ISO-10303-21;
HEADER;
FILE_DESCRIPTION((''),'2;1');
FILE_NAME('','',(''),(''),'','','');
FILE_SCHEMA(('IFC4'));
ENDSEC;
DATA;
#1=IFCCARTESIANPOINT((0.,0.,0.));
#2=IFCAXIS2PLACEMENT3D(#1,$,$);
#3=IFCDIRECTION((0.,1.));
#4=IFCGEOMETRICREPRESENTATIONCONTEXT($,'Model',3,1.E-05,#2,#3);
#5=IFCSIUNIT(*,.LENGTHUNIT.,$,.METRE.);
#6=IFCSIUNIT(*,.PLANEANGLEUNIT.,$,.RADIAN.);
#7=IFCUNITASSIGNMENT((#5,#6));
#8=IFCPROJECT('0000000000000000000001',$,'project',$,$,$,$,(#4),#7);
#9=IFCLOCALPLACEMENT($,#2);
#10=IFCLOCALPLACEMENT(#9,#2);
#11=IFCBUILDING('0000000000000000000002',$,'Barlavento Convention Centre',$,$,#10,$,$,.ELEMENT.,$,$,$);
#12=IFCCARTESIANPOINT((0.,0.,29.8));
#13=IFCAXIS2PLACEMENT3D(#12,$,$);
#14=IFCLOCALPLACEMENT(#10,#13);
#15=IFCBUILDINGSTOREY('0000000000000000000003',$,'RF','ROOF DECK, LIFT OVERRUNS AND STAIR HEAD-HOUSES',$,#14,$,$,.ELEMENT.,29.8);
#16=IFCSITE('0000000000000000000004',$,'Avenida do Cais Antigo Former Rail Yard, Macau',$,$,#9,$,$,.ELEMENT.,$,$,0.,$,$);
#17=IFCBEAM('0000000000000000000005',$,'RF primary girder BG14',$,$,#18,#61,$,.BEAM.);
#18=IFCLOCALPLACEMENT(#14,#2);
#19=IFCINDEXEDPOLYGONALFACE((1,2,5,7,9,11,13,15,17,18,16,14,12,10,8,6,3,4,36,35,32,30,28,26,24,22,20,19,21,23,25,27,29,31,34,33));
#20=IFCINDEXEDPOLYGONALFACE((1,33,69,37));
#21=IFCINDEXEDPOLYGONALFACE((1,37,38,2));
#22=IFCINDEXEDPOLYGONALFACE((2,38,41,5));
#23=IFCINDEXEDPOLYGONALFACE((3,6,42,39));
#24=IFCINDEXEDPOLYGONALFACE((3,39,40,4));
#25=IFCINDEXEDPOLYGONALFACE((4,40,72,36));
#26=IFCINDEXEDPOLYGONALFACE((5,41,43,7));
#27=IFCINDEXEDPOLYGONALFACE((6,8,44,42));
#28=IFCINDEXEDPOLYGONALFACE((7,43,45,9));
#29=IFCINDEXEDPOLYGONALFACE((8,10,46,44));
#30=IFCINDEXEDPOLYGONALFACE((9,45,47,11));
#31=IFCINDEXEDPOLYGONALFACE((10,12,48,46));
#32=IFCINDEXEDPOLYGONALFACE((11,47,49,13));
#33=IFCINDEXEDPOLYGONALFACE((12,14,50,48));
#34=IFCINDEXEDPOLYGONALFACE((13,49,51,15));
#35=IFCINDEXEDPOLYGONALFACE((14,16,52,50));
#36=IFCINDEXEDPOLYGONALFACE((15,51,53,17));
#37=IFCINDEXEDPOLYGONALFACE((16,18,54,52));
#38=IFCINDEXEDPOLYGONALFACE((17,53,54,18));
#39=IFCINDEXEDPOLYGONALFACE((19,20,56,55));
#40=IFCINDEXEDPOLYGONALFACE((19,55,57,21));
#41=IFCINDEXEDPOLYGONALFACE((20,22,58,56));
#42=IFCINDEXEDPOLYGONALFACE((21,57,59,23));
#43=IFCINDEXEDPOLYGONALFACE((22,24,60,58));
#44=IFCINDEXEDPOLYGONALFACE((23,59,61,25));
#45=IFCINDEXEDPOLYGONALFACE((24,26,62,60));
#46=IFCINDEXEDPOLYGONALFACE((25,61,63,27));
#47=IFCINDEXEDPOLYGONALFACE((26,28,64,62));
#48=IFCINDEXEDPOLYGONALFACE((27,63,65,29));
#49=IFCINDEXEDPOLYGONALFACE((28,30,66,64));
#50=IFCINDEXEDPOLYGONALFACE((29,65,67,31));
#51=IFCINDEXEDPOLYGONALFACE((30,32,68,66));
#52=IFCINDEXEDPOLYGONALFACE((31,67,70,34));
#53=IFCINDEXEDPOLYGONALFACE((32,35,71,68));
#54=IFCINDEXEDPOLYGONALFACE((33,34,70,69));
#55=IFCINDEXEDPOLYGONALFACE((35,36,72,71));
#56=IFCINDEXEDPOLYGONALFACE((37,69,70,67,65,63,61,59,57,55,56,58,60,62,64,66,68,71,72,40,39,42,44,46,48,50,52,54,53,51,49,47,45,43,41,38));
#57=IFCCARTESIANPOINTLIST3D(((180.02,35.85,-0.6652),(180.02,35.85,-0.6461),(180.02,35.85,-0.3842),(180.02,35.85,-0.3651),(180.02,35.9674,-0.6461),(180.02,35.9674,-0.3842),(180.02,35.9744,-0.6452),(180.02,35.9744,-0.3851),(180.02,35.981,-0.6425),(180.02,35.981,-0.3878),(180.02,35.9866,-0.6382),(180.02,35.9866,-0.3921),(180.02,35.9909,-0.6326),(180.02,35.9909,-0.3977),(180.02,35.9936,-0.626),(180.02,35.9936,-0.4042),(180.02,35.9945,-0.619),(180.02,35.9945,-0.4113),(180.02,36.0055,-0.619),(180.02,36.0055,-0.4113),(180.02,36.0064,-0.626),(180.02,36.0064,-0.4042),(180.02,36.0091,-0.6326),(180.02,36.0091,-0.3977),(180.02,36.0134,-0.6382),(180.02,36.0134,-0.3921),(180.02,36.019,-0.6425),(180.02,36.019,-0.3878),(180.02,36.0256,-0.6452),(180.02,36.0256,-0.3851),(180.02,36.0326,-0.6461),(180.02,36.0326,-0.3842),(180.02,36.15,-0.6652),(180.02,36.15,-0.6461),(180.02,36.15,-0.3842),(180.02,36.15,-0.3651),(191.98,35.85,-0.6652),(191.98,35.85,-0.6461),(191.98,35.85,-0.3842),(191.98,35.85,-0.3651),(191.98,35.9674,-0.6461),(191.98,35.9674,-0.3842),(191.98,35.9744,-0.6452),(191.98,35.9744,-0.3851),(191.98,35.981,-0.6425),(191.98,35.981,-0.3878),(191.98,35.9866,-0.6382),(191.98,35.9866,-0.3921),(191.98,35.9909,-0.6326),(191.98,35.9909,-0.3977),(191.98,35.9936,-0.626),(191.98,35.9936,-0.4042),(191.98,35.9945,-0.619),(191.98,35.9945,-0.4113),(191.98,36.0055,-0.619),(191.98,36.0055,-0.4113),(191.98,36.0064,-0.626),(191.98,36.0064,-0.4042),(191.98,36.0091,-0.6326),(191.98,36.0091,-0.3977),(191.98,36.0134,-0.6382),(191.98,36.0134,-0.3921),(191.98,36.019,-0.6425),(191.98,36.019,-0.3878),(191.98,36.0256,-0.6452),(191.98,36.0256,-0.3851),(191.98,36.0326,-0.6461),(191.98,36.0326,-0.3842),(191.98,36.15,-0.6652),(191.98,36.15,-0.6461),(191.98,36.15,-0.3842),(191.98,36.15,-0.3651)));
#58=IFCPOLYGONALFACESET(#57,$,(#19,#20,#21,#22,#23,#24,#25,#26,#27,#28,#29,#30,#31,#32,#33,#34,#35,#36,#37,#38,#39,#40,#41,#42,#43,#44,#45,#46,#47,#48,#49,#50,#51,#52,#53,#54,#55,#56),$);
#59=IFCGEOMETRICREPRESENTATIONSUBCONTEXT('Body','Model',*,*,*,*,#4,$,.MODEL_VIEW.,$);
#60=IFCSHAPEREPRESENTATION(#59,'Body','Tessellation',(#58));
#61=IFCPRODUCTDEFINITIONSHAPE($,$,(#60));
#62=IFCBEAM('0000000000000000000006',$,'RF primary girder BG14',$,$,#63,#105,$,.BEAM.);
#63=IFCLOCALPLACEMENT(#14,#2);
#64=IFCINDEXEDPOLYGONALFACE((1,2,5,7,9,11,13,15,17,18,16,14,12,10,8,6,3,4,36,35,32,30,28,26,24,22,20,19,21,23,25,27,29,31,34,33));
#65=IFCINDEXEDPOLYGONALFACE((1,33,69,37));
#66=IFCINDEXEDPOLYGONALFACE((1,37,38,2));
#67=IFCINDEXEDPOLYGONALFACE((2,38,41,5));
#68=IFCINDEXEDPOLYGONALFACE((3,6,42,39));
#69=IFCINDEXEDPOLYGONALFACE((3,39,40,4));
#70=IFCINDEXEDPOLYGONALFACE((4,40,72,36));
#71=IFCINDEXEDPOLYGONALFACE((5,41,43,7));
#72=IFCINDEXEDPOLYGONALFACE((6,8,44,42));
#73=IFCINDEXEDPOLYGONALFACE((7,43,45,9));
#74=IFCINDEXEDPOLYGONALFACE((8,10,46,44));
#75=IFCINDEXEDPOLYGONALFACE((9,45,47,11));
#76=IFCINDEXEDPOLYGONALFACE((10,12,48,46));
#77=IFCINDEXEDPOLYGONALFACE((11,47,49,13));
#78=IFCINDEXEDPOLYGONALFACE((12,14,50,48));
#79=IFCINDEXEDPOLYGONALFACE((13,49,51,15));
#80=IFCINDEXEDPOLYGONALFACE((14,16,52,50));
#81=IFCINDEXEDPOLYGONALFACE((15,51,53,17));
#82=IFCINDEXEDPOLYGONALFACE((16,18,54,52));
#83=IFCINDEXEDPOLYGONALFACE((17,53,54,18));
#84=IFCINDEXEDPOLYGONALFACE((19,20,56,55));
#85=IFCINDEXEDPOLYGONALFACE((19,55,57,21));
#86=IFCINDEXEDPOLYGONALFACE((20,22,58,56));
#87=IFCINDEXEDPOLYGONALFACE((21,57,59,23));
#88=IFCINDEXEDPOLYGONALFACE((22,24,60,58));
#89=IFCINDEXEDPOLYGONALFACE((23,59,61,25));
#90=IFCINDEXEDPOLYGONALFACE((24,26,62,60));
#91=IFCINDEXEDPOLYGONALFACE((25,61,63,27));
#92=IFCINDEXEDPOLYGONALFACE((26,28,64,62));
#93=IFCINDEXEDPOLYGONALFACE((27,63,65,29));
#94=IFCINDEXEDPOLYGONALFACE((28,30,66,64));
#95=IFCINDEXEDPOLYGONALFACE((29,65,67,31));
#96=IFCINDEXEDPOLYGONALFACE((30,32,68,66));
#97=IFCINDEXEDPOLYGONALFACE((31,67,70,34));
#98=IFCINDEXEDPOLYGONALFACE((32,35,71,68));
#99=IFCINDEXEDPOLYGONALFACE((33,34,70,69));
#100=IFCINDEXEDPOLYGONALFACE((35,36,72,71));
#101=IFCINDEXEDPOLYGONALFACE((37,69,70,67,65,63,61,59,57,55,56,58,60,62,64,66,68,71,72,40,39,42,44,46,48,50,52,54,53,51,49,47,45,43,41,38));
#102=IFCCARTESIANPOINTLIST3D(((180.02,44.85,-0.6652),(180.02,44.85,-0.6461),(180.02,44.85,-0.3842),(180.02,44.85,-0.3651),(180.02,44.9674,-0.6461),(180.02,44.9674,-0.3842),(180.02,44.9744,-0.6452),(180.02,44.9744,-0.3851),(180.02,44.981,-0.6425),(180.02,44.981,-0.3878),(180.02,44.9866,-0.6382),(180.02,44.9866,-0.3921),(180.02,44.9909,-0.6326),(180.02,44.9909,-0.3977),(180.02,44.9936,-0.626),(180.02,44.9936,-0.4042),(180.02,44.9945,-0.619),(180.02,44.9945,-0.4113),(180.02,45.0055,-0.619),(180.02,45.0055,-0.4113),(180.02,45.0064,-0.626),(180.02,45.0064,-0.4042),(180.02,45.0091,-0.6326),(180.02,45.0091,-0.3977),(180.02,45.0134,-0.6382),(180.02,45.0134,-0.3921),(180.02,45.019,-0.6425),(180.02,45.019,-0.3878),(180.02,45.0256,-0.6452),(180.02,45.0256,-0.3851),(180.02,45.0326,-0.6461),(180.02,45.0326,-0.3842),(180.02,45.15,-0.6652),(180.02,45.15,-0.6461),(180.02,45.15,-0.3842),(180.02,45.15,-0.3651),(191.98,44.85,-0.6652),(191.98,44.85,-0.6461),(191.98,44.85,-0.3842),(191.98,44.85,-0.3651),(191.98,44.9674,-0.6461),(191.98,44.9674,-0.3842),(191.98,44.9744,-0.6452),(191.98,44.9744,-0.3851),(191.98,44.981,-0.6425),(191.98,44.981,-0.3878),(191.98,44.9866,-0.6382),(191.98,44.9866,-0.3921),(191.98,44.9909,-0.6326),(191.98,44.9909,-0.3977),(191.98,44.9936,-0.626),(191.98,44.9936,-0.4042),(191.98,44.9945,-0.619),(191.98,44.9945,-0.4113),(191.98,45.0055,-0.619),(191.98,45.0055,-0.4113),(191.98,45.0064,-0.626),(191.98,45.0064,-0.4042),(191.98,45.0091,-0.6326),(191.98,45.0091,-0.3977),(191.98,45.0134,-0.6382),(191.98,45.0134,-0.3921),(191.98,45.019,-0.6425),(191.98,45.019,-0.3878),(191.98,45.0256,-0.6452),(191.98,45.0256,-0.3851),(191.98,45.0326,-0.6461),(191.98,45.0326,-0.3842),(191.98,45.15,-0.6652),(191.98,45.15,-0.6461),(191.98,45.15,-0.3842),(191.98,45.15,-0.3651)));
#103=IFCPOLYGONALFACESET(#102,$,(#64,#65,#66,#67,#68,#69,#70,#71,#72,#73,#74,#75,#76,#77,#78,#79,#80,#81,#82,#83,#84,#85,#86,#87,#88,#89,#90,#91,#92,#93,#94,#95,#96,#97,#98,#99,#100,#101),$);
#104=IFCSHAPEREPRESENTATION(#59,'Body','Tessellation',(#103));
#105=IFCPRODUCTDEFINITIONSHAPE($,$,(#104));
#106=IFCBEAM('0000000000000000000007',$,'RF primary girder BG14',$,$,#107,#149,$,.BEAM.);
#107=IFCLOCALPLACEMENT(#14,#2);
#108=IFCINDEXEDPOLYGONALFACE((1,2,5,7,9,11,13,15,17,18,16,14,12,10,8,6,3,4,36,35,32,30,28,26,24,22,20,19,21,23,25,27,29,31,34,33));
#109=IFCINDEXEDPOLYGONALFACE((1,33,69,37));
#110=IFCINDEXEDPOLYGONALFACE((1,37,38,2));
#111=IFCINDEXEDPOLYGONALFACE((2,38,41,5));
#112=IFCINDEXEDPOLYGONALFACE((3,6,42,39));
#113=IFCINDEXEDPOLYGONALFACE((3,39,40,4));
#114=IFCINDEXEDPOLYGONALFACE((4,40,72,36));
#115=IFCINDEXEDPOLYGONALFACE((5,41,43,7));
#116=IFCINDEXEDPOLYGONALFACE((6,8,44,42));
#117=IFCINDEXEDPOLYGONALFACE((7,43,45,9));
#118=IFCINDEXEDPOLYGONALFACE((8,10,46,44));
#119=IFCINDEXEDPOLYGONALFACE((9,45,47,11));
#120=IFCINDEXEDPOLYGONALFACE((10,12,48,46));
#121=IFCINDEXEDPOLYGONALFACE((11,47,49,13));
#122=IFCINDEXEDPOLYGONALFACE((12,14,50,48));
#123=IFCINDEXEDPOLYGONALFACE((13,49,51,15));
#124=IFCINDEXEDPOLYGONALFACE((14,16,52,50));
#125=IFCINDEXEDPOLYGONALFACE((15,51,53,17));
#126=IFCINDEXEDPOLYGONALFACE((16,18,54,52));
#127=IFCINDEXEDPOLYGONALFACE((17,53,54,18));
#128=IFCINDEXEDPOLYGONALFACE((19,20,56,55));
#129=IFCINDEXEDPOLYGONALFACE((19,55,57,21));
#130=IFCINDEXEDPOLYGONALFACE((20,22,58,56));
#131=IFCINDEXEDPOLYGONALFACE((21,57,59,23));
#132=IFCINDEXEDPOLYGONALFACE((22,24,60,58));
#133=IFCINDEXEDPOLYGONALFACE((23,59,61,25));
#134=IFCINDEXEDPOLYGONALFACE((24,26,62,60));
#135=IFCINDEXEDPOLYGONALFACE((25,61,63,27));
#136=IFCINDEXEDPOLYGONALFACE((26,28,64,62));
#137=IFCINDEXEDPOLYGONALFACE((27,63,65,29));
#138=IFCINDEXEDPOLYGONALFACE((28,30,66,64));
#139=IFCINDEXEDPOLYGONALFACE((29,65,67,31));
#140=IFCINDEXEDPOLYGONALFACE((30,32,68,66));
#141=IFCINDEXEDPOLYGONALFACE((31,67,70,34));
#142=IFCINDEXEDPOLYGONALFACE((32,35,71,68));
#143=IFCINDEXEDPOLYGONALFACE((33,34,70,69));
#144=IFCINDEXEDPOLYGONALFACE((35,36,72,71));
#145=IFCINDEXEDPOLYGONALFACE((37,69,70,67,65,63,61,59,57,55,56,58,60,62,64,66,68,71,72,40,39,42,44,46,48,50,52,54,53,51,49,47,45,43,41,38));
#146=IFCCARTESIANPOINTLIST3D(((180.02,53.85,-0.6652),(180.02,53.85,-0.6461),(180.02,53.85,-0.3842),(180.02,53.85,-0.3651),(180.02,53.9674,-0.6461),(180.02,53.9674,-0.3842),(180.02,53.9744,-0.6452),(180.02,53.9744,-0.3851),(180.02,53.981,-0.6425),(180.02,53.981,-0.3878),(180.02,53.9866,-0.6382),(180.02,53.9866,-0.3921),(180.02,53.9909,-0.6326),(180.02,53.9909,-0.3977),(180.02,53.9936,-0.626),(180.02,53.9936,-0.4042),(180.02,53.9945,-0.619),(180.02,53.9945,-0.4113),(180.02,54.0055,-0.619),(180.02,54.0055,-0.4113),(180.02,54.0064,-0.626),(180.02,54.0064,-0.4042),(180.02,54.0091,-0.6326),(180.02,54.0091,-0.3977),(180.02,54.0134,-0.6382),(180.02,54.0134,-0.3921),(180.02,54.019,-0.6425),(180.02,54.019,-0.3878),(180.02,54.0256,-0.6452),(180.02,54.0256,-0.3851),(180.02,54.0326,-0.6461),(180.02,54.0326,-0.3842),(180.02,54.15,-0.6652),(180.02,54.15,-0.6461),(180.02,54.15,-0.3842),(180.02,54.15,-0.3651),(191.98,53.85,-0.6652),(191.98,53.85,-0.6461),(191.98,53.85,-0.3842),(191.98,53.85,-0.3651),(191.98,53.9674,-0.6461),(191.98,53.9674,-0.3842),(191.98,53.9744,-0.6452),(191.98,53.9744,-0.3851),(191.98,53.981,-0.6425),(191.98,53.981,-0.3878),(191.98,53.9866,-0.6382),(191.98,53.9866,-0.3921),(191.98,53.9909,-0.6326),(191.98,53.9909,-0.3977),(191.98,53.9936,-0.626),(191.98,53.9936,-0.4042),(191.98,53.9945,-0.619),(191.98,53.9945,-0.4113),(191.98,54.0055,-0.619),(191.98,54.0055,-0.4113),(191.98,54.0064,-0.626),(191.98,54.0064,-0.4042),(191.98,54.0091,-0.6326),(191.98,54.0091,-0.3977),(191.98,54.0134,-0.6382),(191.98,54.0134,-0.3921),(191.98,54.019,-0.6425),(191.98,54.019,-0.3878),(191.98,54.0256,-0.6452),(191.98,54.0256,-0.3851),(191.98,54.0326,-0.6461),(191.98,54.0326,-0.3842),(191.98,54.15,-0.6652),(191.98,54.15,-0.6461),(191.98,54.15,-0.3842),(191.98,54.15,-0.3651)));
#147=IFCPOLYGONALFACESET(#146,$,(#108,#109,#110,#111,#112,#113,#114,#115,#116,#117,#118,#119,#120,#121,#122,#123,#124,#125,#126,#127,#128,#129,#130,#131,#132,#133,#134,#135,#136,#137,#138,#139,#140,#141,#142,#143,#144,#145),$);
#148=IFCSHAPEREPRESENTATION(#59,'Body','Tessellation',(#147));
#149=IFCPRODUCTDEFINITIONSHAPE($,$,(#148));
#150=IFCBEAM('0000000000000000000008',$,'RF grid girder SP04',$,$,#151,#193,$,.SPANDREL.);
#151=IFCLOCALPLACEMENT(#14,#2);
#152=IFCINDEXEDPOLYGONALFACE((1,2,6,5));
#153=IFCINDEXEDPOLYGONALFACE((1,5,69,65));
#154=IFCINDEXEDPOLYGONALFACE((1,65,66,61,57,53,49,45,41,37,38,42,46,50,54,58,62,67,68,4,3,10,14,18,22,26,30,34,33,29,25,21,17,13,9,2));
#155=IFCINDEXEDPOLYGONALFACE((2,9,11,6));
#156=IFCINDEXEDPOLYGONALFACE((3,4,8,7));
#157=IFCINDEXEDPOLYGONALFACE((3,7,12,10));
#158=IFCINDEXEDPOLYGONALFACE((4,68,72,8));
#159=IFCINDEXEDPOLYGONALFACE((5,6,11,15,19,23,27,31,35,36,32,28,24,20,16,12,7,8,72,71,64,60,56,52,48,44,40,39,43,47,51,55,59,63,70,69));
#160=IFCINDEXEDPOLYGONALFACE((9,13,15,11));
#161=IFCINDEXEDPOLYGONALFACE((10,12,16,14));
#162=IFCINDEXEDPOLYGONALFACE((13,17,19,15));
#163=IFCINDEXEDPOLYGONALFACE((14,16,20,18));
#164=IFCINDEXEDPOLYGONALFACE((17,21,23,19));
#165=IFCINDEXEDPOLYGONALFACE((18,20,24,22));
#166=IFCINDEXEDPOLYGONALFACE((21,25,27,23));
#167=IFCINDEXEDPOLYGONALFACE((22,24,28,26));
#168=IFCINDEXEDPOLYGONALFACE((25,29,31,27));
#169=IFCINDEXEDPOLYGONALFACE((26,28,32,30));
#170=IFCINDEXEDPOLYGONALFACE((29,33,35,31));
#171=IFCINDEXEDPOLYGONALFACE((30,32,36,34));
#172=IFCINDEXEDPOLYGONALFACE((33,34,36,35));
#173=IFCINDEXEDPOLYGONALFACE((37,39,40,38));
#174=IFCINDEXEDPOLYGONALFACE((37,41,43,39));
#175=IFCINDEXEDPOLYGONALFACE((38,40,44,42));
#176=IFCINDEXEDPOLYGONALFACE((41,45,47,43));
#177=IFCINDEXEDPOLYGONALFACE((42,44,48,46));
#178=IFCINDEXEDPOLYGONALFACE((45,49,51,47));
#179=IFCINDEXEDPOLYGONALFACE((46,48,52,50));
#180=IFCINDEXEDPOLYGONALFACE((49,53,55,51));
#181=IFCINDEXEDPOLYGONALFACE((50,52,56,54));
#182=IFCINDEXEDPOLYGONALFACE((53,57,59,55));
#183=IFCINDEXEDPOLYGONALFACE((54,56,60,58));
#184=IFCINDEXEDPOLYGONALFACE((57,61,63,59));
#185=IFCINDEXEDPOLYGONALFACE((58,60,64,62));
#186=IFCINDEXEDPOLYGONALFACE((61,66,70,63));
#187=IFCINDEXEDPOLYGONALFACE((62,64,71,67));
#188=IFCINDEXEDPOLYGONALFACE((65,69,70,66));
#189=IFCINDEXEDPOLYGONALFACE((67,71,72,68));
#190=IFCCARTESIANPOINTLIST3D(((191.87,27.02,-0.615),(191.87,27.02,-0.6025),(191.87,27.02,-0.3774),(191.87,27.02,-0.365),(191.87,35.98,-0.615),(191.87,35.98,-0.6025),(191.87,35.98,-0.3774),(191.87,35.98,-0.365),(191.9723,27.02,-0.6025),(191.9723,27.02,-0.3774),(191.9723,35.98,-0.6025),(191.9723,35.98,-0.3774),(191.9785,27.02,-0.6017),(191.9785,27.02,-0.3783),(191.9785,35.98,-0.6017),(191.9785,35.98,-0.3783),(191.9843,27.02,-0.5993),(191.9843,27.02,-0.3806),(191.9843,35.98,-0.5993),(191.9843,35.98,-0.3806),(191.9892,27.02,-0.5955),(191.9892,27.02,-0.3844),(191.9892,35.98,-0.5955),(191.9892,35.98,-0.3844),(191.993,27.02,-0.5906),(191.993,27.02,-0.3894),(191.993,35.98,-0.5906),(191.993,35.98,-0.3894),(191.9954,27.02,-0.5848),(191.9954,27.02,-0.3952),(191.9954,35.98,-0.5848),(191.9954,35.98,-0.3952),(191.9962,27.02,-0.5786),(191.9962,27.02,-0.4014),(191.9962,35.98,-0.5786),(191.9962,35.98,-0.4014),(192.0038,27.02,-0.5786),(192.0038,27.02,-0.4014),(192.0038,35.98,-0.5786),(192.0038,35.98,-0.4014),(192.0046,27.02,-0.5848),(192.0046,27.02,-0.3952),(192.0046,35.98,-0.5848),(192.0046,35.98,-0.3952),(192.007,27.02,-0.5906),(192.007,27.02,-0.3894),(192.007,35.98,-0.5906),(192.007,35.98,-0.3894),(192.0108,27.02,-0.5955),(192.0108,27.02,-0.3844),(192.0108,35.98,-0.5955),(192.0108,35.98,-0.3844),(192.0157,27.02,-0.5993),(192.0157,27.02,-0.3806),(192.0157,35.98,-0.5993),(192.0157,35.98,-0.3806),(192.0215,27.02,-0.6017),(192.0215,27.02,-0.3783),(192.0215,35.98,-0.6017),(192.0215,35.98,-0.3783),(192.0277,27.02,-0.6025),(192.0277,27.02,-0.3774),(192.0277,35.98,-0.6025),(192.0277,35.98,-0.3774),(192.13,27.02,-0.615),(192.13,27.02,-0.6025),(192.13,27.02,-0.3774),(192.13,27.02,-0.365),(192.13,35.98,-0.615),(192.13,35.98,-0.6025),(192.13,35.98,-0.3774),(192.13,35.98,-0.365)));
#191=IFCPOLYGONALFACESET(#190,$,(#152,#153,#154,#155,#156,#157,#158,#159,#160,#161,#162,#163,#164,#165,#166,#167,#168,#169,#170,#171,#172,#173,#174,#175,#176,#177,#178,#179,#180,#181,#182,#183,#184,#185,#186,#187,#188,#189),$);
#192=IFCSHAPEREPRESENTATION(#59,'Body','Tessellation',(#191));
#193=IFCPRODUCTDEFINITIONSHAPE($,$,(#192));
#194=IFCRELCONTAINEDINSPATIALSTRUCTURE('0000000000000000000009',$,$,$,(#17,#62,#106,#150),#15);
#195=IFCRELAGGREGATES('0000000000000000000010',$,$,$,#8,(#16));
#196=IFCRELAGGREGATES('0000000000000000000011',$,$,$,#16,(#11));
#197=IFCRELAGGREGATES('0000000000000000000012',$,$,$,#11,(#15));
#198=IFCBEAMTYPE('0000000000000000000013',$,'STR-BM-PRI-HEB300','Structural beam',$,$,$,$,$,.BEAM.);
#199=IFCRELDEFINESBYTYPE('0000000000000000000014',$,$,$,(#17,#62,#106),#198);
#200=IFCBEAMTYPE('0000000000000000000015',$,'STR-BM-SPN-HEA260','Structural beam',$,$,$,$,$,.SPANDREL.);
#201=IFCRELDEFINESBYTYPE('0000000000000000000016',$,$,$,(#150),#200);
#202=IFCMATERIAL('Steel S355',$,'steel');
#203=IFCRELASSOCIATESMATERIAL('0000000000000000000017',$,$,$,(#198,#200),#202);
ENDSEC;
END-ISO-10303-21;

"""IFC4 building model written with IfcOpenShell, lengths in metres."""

from ifc_helpers import new_model, si_unit, direction, frame, origin, origin_2d, place, context, subcontext, project, spatial, i_section, extrude, material, material_profile, profile_set, type_object, element, save


model = new_model("IFC4")

# Units and contexts
model_context = context("Model", 3, precision=1e-05, world=origin(), true_north=direction((0.0, 1.0)))
body_context = subcontext(model_context, "Body", "Model", "MODEL_VIEW")
ifc_project = project(units=[si_unit("LENGTHUNIT", "METRE"), si_unit("PLANEANGLEUNIT", "RADIAN")], contexts=[model_context])

# Site, building, storey
site_placement = place(None, origin())
site = spatial("IfcSite", under=ifc_project, at=site_placement, Name="Avenida do Cais Antigo Former Rail Yard, Macau", CompositionType="ELEMENT", RefElevation=0.0)
building_placement = place(site_placement, origin())
building = spatial("IfcBuilding", under=site, at=building_placement, Name="Barlavento Convention Centre", CompositionType="ELEMENT")
storey_placement = place(building_placement, frame((0.0, 0.0, 29.8)))
storey = spatial("IfcBuildingStorey", under=building, at=storey_placement, Name="RF", Description="ROOF DECK, LIFT OVERRUNS AND STAIR HEAD-HOUSES", CompositionType="ELEMENT", Elevation=29.8)

# Beams
ifc_material_1 = material(Name="Steel S355", Category="steel")
ifc_material_profile_1 = material_profile(ifc_material_1, i_section(OverallWidth=0.3, OverallDepth=0.3, WebThickness=0.011, FlangeThickness=0.019, FilletRadius=0.0271, at=origin_2d()), Name="HEB 300")
ifc_profile_set_1 = profile_set([ifc_material_profile_1], Name="Steel S355")
beam_type_1 = type_object("IfcBeamType", Name="STR-BM-PRI-HEB300", Description="Structural beam", PredefinedType="BEAM", material=ifc_profile_set_1)
for number, where, z_axis, x_axis, name in (
    (1, (180.02, 36.0, -0.5151), (1.0, 0.0, 0.0), (0.0, 1.0, 0.0), "RF primary girder BG14"),
    (2, (180.02, 45.0, -0.5151), (1.0, 0.0, 0.0), (0.0, 1.0, 0.0), "RF primary girder BG14"),
    (3, (180.02, 54.0, -0.5151), (1.0, 0.0, 0.0), (0.0, 1.0, 0.0), "RF primary girder BG14"),
):
    element("IfcBeam", number, at=place(storey_placement, frame(where, z_axis=z_axis, x_axis=x_axis)), inside=storey, type_object=beam_type_1, Name=name, PredefinedType="BEAM", context=body_context, shape_type="SweptSolid", body=[
        extrude(i_section(OverallWidth=0.3, OverallDepth=0.3, WebThickness=0.011, FlangeThickness=0.019, FilletRadius=0.0271, at=origin_2d()), origin(), (0.0, 0.0, 1.0), 11.96),
    ])
ifc_material_profile_2 = material_profile(ifc_material_1, i_section(OverallWidth=0.26, OverallDepth=0.25, WebThickness=0.0076, FlangeThickness=0.0125, FilletRadius=0.0239, at=origin_2d()), Name="HEA 260")
ifc_profile_set_2 = profile_set([ifc_material_profile_2], Name="Steel S355")
beam_type_2 = type_object("IfcBeamType", Name="STR-BM-SPN-HEA260", Description="Structural beam", PredefinedType="SPANDREL", material=ifc_profile_set_2)
for number, where, z_axis, x_axis, name in (
    (4, (192.0, 27.02, -0.49), (0.0, 1.0, 0.0), (-1.0, 0.0, 0.0), "RF grid girder SP04"),
):
    element("IfcBeam", number, at=place(storey_placement, frame(where, z_axis=z_axis, x_axis=x_axis)), inside=storey, type_object=beam_type_2, Name=name, PredefinedType="SPANDREL", context=body_context, shape_type="SweptSolid", body=[
        extrude(i_section(OverallWidth=0.26, OverallDepth=0.25, WebThickness=0.0076, FlangeThickness=0.0125, FilletRadius=0.0239, at=origin_2d()), origin(), (0.0, 0.0, 1.0), 8.96),
    ])

save(model, "model.ifc")
